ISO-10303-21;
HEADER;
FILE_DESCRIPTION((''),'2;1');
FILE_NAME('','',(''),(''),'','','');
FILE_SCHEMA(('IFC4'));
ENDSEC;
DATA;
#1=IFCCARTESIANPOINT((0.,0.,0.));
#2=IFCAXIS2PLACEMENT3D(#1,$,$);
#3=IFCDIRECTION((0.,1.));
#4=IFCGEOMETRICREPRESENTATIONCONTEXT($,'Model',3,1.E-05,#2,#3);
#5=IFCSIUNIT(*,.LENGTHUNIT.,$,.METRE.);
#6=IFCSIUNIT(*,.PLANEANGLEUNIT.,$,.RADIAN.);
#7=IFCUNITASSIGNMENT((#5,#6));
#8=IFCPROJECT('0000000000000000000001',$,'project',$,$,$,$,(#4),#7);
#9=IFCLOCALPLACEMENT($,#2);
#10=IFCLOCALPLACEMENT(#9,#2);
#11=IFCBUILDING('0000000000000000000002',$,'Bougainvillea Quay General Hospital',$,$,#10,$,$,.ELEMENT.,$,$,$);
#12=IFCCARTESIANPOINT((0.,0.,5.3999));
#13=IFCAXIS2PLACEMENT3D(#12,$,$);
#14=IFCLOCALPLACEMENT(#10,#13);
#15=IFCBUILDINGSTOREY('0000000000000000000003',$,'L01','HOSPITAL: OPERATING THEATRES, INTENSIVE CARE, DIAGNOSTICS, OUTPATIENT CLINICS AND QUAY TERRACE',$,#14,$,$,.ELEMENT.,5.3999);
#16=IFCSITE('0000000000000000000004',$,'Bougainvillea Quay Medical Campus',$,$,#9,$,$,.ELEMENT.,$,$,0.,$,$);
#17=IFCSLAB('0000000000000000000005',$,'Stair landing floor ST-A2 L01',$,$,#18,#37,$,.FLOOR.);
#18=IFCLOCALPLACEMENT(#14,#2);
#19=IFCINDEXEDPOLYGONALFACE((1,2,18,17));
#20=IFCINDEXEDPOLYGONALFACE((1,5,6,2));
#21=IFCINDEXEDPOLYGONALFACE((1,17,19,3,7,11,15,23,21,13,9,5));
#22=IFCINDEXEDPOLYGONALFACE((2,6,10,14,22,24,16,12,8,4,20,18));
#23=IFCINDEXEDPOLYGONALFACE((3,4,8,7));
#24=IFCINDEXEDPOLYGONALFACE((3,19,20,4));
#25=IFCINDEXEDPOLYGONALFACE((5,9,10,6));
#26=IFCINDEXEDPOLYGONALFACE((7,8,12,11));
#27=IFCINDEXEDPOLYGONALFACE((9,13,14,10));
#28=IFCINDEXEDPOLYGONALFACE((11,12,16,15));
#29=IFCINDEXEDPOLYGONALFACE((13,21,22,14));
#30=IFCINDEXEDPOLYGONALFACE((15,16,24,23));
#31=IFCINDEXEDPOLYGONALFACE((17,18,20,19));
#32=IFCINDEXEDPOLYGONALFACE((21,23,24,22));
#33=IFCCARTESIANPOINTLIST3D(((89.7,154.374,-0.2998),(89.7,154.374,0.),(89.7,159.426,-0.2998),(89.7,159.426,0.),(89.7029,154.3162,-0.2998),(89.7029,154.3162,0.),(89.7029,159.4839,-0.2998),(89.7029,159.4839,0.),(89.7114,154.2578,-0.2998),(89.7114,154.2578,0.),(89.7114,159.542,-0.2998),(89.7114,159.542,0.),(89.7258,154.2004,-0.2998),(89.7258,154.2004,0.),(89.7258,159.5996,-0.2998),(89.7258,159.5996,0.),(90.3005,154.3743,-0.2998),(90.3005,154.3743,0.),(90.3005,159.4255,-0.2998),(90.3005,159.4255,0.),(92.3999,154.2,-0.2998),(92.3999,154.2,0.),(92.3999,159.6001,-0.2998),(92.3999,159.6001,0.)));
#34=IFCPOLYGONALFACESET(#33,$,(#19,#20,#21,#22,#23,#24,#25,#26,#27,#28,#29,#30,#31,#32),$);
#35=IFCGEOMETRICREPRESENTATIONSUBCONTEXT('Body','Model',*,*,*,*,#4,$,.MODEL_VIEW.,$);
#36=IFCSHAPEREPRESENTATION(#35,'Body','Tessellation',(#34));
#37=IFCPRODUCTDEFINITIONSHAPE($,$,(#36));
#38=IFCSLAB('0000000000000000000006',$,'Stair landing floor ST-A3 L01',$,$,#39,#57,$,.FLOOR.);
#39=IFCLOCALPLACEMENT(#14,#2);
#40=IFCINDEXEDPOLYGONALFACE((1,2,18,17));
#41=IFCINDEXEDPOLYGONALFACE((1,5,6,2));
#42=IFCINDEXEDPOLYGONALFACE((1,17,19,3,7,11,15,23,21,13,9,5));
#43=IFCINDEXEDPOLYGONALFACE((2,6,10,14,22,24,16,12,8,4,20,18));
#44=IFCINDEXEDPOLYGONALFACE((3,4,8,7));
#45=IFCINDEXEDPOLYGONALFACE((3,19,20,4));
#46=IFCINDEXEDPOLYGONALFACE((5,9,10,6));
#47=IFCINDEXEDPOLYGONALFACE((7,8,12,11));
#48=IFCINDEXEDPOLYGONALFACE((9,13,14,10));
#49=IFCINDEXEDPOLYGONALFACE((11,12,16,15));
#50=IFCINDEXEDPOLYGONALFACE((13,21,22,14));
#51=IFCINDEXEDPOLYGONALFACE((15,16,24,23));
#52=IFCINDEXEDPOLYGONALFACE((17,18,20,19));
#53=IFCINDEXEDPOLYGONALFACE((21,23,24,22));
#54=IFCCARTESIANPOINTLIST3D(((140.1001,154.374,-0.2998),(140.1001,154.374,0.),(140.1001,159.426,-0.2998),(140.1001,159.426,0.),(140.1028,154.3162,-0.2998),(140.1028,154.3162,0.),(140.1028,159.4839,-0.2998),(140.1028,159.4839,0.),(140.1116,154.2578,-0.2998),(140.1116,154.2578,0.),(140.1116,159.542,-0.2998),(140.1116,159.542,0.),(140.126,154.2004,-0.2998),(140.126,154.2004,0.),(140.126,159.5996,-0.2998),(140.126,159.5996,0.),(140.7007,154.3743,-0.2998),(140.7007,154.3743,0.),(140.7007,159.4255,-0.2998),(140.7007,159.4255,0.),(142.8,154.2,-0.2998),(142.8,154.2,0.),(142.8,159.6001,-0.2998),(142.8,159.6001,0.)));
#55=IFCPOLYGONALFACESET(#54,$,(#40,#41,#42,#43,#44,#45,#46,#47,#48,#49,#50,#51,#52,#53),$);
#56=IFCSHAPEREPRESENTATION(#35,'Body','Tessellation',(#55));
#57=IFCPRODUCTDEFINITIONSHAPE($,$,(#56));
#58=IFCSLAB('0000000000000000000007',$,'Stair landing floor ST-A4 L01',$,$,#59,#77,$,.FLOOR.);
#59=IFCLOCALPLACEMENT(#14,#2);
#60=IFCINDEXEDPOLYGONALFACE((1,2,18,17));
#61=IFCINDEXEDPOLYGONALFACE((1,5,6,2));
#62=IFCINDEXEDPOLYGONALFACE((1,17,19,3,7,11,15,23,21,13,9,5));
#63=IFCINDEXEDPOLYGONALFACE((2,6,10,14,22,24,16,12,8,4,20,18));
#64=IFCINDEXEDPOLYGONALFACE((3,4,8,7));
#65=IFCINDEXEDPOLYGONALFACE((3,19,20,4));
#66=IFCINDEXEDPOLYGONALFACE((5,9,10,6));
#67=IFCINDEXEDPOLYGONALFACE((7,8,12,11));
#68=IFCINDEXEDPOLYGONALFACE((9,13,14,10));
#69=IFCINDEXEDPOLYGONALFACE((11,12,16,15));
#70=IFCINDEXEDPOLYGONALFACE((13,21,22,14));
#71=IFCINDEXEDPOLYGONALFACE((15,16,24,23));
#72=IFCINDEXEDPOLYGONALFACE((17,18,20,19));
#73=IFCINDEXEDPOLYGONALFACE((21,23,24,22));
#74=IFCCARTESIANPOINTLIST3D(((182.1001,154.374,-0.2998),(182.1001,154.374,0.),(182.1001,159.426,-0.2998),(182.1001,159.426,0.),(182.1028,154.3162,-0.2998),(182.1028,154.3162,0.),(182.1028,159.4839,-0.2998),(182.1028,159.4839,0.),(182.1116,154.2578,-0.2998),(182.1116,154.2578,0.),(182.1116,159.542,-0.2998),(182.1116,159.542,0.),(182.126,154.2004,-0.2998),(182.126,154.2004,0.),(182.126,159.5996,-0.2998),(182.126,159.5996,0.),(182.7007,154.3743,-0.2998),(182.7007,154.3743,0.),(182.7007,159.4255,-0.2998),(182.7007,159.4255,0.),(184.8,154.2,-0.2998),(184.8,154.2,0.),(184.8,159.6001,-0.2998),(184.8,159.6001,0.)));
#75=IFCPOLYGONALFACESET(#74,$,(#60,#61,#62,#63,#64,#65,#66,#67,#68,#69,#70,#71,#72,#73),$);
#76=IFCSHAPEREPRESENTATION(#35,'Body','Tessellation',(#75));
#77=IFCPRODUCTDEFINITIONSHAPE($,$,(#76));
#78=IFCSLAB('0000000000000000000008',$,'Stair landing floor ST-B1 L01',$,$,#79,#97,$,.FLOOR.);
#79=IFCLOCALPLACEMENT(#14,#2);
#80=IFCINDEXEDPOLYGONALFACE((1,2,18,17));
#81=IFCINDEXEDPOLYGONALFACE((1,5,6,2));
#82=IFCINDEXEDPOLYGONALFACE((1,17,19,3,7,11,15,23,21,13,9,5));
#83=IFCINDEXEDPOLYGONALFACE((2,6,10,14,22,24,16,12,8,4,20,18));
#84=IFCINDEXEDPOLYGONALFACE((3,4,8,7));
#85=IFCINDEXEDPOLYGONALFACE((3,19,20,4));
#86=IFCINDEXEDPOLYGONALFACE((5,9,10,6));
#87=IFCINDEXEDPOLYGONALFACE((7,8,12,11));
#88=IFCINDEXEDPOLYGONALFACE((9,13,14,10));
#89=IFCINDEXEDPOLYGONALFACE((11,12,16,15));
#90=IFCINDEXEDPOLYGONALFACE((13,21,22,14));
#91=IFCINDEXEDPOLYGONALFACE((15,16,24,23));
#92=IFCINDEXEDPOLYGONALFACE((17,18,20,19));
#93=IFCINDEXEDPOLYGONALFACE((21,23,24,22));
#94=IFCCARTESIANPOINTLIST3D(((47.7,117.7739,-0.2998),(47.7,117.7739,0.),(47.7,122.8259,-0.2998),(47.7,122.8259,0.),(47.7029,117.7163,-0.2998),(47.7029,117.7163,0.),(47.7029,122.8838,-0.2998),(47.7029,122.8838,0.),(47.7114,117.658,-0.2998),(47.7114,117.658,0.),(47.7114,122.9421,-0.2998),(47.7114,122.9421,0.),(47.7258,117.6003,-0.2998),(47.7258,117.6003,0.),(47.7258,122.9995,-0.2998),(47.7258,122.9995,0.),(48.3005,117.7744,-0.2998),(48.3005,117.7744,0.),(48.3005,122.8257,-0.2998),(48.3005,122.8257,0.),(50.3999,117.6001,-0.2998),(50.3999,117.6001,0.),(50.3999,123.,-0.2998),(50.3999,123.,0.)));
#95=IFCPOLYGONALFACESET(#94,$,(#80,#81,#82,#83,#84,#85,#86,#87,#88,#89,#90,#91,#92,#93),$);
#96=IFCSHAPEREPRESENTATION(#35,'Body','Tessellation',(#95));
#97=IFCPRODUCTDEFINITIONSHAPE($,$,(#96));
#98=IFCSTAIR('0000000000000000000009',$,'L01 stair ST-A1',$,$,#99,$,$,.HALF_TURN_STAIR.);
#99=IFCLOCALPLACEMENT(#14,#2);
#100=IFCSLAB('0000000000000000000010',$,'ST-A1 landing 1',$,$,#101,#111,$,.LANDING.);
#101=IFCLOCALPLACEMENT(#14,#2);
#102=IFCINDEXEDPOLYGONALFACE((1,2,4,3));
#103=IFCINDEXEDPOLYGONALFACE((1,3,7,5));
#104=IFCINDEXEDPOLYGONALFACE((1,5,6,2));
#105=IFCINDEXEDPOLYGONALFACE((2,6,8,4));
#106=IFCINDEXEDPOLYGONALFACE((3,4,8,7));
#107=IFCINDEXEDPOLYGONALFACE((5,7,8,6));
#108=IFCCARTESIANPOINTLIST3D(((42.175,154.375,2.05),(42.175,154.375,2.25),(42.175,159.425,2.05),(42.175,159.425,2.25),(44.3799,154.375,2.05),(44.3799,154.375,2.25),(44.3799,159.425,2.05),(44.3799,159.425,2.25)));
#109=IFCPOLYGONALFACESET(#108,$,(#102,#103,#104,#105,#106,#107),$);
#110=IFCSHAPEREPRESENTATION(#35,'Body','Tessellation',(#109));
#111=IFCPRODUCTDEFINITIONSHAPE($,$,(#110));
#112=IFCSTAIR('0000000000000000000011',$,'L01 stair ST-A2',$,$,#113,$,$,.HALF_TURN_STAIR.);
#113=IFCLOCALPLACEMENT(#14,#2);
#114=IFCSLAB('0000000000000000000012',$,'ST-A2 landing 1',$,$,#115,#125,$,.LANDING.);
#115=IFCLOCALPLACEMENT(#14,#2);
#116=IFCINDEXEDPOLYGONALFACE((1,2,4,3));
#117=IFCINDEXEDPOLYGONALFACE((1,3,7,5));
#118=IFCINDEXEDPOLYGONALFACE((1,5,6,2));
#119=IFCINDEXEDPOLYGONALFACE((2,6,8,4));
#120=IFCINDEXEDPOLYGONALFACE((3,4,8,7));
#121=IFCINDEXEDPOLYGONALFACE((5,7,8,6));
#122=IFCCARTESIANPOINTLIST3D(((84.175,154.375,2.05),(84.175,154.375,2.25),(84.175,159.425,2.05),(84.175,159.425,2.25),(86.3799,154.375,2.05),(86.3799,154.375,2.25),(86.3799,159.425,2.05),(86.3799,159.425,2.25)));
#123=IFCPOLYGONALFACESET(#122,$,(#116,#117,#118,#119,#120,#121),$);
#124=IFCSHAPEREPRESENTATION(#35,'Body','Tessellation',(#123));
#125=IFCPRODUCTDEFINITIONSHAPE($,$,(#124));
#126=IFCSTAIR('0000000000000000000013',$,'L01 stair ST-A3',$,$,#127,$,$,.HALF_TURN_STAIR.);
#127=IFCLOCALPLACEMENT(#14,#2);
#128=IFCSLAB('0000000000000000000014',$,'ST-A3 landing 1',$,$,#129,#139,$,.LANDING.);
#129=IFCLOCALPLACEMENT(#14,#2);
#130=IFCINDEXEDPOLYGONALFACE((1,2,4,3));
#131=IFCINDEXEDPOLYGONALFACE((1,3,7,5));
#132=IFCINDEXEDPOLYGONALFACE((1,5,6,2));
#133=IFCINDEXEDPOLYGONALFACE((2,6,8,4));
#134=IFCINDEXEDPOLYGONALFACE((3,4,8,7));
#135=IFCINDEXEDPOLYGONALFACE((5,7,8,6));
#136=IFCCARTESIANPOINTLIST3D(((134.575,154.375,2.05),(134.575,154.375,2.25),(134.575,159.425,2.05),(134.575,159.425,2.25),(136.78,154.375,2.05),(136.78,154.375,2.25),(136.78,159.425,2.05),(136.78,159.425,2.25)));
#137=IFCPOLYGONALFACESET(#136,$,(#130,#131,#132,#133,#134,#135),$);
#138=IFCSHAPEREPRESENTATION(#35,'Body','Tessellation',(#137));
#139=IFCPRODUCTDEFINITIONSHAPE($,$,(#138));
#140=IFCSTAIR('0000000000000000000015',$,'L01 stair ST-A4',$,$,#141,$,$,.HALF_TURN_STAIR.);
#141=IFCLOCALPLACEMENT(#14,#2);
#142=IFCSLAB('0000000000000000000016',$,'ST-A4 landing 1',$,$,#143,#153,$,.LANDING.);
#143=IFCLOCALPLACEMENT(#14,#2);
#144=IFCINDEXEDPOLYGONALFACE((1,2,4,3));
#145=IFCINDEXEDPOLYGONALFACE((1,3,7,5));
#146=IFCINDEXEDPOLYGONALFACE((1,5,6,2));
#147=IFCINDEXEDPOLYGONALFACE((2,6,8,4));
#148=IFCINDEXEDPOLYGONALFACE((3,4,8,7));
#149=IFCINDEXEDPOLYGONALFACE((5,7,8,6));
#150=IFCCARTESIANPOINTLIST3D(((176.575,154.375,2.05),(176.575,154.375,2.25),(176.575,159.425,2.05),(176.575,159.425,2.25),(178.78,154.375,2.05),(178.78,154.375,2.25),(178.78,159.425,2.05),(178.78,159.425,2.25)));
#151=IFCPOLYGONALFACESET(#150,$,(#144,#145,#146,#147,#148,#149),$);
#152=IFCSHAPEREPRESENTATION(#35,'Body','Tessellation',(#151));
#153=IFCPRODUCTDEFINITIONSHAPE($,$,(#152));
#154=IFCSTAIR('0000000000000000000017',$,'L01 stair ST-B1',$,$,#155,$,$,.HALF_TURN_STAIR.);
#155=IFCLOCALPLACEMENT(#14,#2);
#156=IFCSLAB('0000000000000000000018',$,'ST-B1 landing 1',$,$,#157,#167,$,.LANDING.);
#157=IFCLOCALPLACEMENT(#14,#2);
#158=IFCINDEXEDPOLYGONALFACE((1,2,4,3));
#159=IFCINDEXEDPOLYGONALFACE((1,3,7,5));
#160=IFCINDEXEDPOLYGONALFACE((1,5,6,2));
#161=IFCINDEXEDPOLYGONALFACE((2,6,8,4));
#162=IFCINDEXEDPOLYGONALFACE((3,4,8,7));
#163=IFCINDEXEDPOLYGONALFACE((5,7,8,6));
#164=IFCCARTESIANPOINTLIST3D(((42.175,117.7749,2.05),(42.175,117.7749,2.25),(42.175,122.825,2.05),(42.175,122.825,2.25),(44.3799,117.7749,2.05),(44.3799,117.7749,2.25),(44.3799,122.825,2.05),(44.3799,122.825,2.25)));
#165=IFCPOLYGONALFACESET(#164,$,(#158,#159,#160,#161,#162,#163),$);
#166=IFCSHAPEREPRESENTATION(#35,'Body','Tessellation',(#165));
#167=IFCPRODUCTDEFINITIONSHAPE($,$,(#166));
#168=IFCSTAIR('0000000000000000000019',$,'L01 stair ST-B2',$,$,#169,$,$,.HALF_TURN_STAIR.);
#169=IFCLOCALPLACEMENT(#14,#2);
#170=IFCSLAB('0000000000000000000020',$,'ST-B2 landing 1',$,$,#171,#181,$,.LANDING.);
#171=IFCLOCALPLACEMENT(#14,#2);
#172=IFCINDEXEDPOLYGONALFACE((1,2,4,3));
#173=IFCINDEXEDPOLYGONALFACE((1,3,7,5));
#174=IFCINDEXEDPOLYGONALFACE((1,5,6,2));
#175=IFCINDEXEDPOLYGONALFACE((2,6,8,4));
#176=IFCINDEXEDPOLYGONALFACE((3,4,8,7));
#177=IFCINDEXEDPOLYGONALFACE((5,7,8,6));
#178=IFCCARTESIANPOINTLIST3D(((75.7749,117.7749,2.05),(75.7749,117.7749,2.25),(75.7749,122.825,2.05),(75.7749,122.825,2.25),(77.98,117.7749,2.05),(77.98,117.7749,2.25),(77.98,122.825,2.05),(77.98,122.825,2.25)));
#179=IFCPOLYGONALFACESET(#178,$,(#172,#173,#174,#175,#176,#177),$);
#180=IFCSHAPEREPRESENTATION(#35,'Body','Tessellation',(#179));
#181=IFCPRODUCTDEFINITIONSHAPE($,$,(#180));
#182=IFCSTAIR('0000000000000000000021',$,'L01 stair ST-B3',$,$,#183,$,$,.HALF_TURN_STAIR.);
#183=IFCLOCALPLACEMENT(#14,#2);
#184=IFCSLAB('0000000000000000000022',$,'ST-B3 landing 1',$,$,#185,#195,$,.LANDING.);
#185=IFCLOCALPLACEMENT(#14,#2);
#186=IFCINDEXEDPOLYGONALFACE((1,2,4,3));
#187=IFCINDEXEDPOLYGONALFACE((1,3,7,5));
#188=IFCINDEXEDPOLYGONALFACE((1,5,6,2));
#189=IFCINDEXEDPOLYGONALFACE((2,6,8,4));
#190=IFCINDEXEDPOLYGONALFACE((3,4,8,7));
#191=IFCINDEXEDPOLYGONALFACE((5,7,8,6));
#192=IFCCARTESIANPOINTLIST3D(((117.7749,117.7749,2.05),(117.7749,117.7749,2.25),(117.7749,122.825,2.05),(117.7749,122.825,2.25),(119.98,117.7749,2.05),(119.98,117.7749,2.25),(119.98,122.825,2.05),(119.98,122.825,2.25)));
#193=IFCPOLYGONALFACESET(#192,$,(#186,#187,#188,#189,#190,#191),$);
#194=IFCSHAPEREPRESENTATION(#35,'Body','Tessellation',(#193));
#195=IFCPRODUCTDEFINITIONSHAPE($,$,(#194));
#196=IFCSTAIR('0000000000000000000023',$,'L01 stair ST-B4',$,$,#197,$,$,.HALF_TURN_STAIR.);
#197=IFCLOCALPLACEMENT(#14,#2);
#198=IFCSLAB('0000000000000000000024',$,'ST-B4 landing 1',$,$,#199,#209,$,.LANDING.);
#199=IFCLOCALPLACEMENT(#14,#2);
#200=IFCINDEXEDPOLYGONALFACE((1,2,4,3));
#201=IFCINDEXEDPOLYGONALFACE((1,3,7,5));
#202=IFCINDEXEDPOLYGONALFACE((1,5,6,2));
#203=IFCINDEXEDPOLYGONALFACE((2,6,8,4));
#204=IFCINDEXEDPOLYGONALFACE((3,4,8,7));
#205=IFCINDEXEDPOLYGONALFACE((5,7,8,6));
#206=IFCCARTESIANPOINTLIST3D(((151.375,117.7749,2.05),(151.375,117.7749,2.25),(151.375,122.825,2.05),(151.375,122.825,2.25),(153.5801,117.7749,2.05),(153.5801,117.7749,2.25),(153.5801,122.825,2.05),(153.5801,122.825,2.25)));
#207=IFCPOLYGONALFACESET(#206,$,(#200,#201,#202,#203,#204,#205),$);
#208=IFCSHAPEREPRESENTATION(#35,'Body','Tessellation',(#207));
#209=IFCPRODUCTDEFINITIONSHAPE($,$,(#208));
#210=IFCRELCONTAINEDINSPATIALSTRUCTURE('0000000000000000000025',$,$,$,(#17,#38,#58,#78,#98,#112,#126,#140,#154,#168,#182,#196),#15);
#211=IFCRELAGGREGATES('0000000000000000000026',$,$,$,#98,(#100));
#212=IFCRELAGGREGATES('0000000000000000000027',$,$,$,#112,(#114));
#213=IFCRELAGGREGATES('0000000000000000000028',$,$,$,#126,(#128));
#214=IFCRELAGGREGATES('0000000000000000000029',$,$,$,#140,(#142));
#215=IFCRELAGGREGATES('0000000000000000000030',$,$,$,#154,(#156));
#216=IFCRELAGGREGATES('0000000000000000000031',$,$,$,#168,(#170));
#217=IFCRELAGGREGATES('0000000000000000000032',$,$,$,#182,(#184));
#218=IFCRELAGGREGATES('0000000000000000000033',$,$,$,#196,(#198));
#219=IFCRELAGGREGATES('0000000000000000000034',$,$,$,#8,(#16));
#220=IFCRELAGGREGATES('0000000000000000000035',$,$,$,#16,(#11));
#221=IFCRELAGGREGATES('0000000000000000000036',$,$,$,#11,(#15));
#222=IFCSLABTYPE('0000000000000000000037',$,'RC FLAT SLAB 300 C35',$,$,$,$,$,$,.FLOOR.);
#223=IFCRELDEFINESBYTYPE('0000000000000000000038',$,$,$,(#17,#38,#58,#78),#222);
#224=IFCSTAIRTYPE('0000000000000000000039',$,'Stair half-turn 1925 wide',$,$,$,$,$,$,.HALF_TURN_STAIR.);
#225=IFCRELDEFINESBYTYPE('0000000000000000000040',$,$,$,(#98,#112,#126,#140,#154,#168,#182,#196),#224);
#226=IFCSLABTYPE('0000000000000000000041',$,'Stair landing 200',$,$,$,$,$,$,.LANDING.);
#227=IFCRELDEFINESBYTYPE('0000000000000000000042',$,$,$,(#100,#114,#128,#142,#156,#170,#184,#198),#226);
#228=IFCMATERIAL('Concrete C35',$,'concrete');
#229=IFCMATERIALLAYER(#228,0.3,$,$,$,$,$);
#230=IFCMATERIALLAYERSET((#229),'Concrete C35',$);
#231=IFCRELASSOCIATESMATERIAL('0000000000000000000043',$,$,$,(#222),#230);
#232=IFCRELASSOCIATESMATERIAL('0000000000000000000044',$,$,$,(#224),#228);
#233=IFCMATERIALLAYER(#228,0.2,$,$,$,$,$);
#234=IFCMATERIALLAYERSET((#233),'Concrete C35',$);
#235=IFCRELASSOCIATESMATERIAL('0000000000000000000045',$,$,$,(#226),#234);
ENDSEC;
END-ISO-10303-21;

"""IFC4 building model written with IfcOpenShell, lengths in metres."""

from ifc_helpers import new_model, si_unit, direction, frame, origin, place, context, subcontext, project, spatial, polyline, outline, extrude, material, layer, layer_set, type_object, element, aggregate, save


model = new_model("IFC4")

# Units and contexts
model_context = context("Model", 3, precision=1e-05, world=origin(), true_north=direction((0.0, 1.0)))
body_context = subcontext(model_context, "Body", "Model", "MODEL_VIEW")
ifc_project = project(units=[si_unit("LENGTHUNIT", "METRE"), si_unit("PLANEANGLEUNIT", "RADIAN")], contexts=[model_context])

# Site, building, storey
site_placement = place(None, origin())
site = spatial("IfcSite", under=ifc_project, at=site_placement, Name="Bougainvillea Quay Medical Campus", CompositionType="ELEMENT", RefElevation=0.0)
building_placement = place(site_placement, origin())
building = spatial("IfcBuilding", under=site, at=building_placement, Name="Bougainvillea Quay General Hospital", CompositionType="ELEMENT")
storey_placement = place(building_placement, frame((0.0, 0.0, 5.3999)))
storey = spatial("IfcBuildingStorey", under=building, at=storey_placement, Name="L01", Description="HOSPITAL: OPERATING THEATRES, INTENSIVE CARE, DIAGNOSTICS, OUTPATIENT CLINICS AND QUAY TERRACE", CompositionType="ELEMENT", Elevation=5.3999)

# Slabs
ifc_material_1 = material(Name="Concrete C35", Category="concrete")
ifc_layer_1 = layer(ifc_material_1, 0.3)
ifc_layer_set_1 = layer_set([ifc_layer_1], Name="Concrete C35")
slab_type_1 = type_object("IfcSlabType", Name="RC FLAT SLAB 300 C35", PredefinedType="FLOOR", material=ifc_layer_set_1)
slab_1_placement = place(storey_placement, frame((0.0, 0.0, -0.2998)))
element("IfcSlab", 1, at=slab_1_placement, inside=storey, type_object=slab_type_1, Name="Stair landing floor ST-A2 L01", PredefinedType="FLOOR", context=body_context, shape_type="SweptSolid", body=[
    extrude(outline(polyline([(89.7029, 159.4839), (89.7114, 159.542), (89.7258, 159.5996), (92.3999, 159.6001), (92.3999, 154.2), (89.7258, 154.2004), (89.7114, 154.2578), (89.7029, 154.3162), (89.7, 154.374), (90.3005, 154.3743), (90.3005, 159.4255), (89.7, 159.426), (89.7029, 159.4839)])), origin(), (0.0, 0.0, 1.0), 0.2998),
])
slab_2_placement = place(storey_placement, frame((0.0, 0.0, -0.2998)))
element("IfcSlab", 2, at=slab_2_placement, inside=storey, type_object=slab_type_1, Name="Stair landing floor ST-A3 L01", PredefinedType="FLOOR", context=body_context, shape_type="SweptSolid", body=[
    extrude(outline(polyline([(140.1028, 159.4839), (140.1116, 159.542), (140.126, 159.5996), (142.8, 159.6001), (142.8, 154.2), (140.126, 154.2004), (140.1116, 154.2578), (140.1028, 154.3162), (140.1001, 154.374), (140.7007, 154.3743), (140.7007, 159.4255), (140.1001, 159.426), (140.1028, 159.4839)])), origin(), (0.0, 0.0, 1.0), 0.2998),
])
slab_3_placement = place(storey_placement, frame((0.0, 0.0, -0.2998)))
element("IfcSlab", 3, at=slab_3_placement, inside=storey, type_object=slab_type_1, Name="Stair landing floor ST-A4 L01", PredefinedType="FLOOR", context=body_context, shape_type="SweptSolid", body=[
    extrude(outline(polyline([(182.1028, 159.4839), (182.1116, 159.542), (182.126, 159.5996), (184.8, 159.6001), (184.8, 154.2), (182.126, 154.2004), (182.1116, 154.2578), (182.1028, 154.3162), (182.1001, 154.374), (182.7007, 154.3743), (182.7007, 159.4255), (182.1001, 159.426), (182.1028, 159.4839)])), origin(), (0.0, 0.0, 1.0), 0.2998),
])
slab_4_placement = place(storey_placement, frame((0.0, 0.0, -0.2998)))
element("IfcSlab", 4, at=slab_4_placement, inside=storey, type_object=slab_type_1, Name="Stair landing floor ST-B1 L01", PredefinedType="FLOOR", context=body_context, shape_type="SweptSolid", body=[
    extrude(outline(polyline([(47.7029, 122.8838), (47.7114, 122.9421), (47.7258, 122.9995), (50.3999, 123.0), (50.3999, 117.6001), (47.7258, 117.6003), (47.7114, 117.658), (47.7029, 117.7163), (47.7, 117.7739), (48.3005, 117.7744), (48.3005, 122.8257), (47.7, 122.8259), (47.7029, 122.8838)])), origin(), (0.0, 0.0, 1.0), 0.2998),
])

# Stairs, slabs
stair_type_1 = type_object("IfcStairType", Name="Stair half-turn 1925 wide", PredefinedType="HALF_TURN_STAIR", material=ifc_material_1)
stair_1_placement = place(storey_placement, origin())
stair_1 = element("IfcStair", 5, at=stair_1_placement, inside=storey, type_object=stair_type_1, Name="L01 stair ST-A1", PredefinedType="HALF_TURN_STAIR")
ifc_layer_2 = layer(ifc_material_1, 0.2)
ifc_layer_set_2 = layer_set([ifc_layer_2], Name="Concrete C35")
slab_type_2 = type_object("IfcSlabType", Name="Stair landing 200", PredefinedType="LANDING", material=ifc_layer_set_2)
slab_5_placement = place(storey_placement, frame((0.0, 0.0, 2.05)))
slab_5 = element("IfcSlab", 6, at=slab_5_placement, type_object=slab_type_2, Name="ST-A1 landing 1", PredefinedType="LANDING", context=body_context, shape_type="SweptSolid", body=[
    extrude(outline(polyline([(44.3799, 159.425), (42.175, 159.425), (42.175, 154.375), (44.3799, 154.375), (44.3799, 159.425)])), origin(), (0.0, 0.0, 1.0), 0.2),
])
aggregate(stair_1, [slab_5])
stair_2_placement = place(storey_placement, origin())
stair_2 = element("IfcStair", 7, at=stair_2_placement, inside=storey, type_object=stair_type_1, Name="L01 stair ST-A2", PredefinedType="HALF_TURN_STAIR")
slab_6_placement = place(storey_placement, frame((0.0, 0.0, 2.05)))
slab_6 = element("IfcSlab", 8, at=slab_6_placement, type_object=slab_type_2, Name="ST-A2 landing 1", PredefinedType="LANDING", context=body_context, shape_type="SweptSolid", body=[
    extrude(outline(polyline([(86.3799, 159.425), (84.175, 159.425), (84.175, 154.375), (86.3799, 154.375), (86.3799, 159.425)])), origin(), (0.0, 0.0, 1.0), 0.2),
])
aggregate(stair_2, [slab_6])
stair_3_placement = place(storey_placement, origin())
stair_3 = element("IfcStair", 9, at=stair_3_placement, inside=storey, type_object=stair_type_1, Name="L01 stair ST-A3", PredefinedType="HALF_TURN_STAIR")
slab_7_placement = place(storey_placement, frame((0.0, 0.0, 2.05)))
slab_7 = element("IfcSlab", 10, at=slab_7_placement, type_object=slab_type_2, Name="ST-A3 landing 1", PredefinedType="LANDING", context=body_context, shape_type="SweptSolid", body=[
    extrude(outline(polyline([(136.78, 159.425), (134.575, 159.425), (134.575, 154.375), (136.78, 154.375), (136.78, 159.425)])), origin(), (0.0, 0.0, 1.0), 0.2),
])
aggregate(stair_3, [slab_7])
stair_4_placement = place(storey_placement, origin())
stair_4 = element("IfcStair", 11, at=stair_4_placement, inside=storey, type_object=stair_type_1, Name="L01 stair ST-A4", PredefinedType="HALF_TURN_STAIR")
slab_8_placement = place(storey_placement, frame((0.0, 0.0, 2.05)))
slab_8 = element("IfcSlab", 12, at=slab_8_placement, type_object=slab_type_2, Name="ST-A4 landing 1", PredefinedType="LANDING", context=body_context, shape_type="SweptSolid", body=[
    extrude(outline(polyline([(178.78, 159.425), (176.575, 159.425), (176.575, 154.375), (178.78, 154.375), (178.78, 159.425)])), origin(), (0.0, 0.0, 1.0), 0.2),
])
aggregate(stair_4, [slab_8])
stair_5_placement = place(storey_placement, origin())
stair_5 = element("IfcStair", 13, at=stair_5_placement, inside=storey, type_object=stair_type_1, Name="L01 stair ST-B1", PredefinedType="HALF_TURN_STAIR")
slab_9_placement = place(storey_placement, frame((0.0, 0.0, 2.05)))
slab_9 = element("IfcSlab", 14, at=slab_9_placement, type_object=slab_type_2, Name="ST-B1 landing 1", PredefinedType="LANDING", context=body_context, shape_type="SweptSolid", body=[
    extrude(outline(polyline([(44.3799, 122.825), (42.175, 122.825), (42.175, 117.7749), (44.3799, 117.7749), (44.3799, 122.825)])), origin(), (0.0, 0.0, 1.0), 0.2),
])
aggregate(stair_5, [slab_9])
stair_6_placement = place(storey_placement, origin())
stair_6 = element("IfcStair", 15, at=stair_6_placement, inside=storey, type_object=stair_type_1, Name="L01 stair ST-B2", PredefinedType="HALF_TURN_STAIR")
slab_10_placement = place(storey_placement, frame((0.0, 0.0, 2.05)))
slab_10 = element("IfcSlab", 16, at=slab_10_placement, type_object=slab_type_2, Name="ST-B2 landing 1", PredefinedType="LANDING", context=body_context, shape_type="SweptSolid", body=[
    extrude(outline(polyline([(77.98, 122.825), (75.7749, 122.825), (75.7749, 117.7749), (77.98, 117.7749), (77.98, 122.825)])), origin(), (0.0, 0.0, 1.0), 0.2),
])
aggregate(stair_6, [slab_10])
stair_7_placement = place(storey_placement, origin())
stair_7 = element("IfcStair", 17, at=stair_7_placement, inside=storey, type_object=stair_type_1, Name="L01 stair ST-B3", PredefinedType="HALF_TURN_STAIR")
slab_11_placement = place(storey_placement, frame((0.0, 0.0, 2.05)))
slab_11 = element("IfcSlab", 18, at=slab_11_placement, type_object=slab_type_2, Name="ST-B3 landing 1", PredefinedType="LANDING", context=body_context, shape_type="SweptSolid", body=[
    extrude(outline(polyline([(119.98, 122.825), (117.7749, 122.825), (117.7749, 117.7749), (119.98, 117.7749), (119.98, 122.825)])), origin(), (0.0, 0.0, 1.0), 0.2),
])
aggregate(stair_7, [slab_11])
stair_8_placement = place(storey_placement, origin())
stair_8 = element("IfcStair", 19, at=stair_8_placement, inside=storey, type_object=stair_type_1, Name="L01 stair ST-B4", PredefinedType="HALF_TURN_STAIR")
slab_12_placement = place(storey_placement, frame((0.0, 0.0, 2.05)))
slab_12 = element("IfcSlab", 20, at=slab_12_placement, type_object=slab_type_2, Name="ST-B4 landing 1", PredefinedType="LANDING", context=body_context, shape_type="SweptSolid", body=[
    extrude(outline(polyline([(153.5801, 122.825), (151.375, 122.825), (151.375, 117.7749), (153.5801, 117.7749), (153.5801, 122.825)])), origin(), (0.0, 0.0, 1.0), 0.2),
])
aggregate(stair_8, [slab_12])

save(model, "model.ifc")
